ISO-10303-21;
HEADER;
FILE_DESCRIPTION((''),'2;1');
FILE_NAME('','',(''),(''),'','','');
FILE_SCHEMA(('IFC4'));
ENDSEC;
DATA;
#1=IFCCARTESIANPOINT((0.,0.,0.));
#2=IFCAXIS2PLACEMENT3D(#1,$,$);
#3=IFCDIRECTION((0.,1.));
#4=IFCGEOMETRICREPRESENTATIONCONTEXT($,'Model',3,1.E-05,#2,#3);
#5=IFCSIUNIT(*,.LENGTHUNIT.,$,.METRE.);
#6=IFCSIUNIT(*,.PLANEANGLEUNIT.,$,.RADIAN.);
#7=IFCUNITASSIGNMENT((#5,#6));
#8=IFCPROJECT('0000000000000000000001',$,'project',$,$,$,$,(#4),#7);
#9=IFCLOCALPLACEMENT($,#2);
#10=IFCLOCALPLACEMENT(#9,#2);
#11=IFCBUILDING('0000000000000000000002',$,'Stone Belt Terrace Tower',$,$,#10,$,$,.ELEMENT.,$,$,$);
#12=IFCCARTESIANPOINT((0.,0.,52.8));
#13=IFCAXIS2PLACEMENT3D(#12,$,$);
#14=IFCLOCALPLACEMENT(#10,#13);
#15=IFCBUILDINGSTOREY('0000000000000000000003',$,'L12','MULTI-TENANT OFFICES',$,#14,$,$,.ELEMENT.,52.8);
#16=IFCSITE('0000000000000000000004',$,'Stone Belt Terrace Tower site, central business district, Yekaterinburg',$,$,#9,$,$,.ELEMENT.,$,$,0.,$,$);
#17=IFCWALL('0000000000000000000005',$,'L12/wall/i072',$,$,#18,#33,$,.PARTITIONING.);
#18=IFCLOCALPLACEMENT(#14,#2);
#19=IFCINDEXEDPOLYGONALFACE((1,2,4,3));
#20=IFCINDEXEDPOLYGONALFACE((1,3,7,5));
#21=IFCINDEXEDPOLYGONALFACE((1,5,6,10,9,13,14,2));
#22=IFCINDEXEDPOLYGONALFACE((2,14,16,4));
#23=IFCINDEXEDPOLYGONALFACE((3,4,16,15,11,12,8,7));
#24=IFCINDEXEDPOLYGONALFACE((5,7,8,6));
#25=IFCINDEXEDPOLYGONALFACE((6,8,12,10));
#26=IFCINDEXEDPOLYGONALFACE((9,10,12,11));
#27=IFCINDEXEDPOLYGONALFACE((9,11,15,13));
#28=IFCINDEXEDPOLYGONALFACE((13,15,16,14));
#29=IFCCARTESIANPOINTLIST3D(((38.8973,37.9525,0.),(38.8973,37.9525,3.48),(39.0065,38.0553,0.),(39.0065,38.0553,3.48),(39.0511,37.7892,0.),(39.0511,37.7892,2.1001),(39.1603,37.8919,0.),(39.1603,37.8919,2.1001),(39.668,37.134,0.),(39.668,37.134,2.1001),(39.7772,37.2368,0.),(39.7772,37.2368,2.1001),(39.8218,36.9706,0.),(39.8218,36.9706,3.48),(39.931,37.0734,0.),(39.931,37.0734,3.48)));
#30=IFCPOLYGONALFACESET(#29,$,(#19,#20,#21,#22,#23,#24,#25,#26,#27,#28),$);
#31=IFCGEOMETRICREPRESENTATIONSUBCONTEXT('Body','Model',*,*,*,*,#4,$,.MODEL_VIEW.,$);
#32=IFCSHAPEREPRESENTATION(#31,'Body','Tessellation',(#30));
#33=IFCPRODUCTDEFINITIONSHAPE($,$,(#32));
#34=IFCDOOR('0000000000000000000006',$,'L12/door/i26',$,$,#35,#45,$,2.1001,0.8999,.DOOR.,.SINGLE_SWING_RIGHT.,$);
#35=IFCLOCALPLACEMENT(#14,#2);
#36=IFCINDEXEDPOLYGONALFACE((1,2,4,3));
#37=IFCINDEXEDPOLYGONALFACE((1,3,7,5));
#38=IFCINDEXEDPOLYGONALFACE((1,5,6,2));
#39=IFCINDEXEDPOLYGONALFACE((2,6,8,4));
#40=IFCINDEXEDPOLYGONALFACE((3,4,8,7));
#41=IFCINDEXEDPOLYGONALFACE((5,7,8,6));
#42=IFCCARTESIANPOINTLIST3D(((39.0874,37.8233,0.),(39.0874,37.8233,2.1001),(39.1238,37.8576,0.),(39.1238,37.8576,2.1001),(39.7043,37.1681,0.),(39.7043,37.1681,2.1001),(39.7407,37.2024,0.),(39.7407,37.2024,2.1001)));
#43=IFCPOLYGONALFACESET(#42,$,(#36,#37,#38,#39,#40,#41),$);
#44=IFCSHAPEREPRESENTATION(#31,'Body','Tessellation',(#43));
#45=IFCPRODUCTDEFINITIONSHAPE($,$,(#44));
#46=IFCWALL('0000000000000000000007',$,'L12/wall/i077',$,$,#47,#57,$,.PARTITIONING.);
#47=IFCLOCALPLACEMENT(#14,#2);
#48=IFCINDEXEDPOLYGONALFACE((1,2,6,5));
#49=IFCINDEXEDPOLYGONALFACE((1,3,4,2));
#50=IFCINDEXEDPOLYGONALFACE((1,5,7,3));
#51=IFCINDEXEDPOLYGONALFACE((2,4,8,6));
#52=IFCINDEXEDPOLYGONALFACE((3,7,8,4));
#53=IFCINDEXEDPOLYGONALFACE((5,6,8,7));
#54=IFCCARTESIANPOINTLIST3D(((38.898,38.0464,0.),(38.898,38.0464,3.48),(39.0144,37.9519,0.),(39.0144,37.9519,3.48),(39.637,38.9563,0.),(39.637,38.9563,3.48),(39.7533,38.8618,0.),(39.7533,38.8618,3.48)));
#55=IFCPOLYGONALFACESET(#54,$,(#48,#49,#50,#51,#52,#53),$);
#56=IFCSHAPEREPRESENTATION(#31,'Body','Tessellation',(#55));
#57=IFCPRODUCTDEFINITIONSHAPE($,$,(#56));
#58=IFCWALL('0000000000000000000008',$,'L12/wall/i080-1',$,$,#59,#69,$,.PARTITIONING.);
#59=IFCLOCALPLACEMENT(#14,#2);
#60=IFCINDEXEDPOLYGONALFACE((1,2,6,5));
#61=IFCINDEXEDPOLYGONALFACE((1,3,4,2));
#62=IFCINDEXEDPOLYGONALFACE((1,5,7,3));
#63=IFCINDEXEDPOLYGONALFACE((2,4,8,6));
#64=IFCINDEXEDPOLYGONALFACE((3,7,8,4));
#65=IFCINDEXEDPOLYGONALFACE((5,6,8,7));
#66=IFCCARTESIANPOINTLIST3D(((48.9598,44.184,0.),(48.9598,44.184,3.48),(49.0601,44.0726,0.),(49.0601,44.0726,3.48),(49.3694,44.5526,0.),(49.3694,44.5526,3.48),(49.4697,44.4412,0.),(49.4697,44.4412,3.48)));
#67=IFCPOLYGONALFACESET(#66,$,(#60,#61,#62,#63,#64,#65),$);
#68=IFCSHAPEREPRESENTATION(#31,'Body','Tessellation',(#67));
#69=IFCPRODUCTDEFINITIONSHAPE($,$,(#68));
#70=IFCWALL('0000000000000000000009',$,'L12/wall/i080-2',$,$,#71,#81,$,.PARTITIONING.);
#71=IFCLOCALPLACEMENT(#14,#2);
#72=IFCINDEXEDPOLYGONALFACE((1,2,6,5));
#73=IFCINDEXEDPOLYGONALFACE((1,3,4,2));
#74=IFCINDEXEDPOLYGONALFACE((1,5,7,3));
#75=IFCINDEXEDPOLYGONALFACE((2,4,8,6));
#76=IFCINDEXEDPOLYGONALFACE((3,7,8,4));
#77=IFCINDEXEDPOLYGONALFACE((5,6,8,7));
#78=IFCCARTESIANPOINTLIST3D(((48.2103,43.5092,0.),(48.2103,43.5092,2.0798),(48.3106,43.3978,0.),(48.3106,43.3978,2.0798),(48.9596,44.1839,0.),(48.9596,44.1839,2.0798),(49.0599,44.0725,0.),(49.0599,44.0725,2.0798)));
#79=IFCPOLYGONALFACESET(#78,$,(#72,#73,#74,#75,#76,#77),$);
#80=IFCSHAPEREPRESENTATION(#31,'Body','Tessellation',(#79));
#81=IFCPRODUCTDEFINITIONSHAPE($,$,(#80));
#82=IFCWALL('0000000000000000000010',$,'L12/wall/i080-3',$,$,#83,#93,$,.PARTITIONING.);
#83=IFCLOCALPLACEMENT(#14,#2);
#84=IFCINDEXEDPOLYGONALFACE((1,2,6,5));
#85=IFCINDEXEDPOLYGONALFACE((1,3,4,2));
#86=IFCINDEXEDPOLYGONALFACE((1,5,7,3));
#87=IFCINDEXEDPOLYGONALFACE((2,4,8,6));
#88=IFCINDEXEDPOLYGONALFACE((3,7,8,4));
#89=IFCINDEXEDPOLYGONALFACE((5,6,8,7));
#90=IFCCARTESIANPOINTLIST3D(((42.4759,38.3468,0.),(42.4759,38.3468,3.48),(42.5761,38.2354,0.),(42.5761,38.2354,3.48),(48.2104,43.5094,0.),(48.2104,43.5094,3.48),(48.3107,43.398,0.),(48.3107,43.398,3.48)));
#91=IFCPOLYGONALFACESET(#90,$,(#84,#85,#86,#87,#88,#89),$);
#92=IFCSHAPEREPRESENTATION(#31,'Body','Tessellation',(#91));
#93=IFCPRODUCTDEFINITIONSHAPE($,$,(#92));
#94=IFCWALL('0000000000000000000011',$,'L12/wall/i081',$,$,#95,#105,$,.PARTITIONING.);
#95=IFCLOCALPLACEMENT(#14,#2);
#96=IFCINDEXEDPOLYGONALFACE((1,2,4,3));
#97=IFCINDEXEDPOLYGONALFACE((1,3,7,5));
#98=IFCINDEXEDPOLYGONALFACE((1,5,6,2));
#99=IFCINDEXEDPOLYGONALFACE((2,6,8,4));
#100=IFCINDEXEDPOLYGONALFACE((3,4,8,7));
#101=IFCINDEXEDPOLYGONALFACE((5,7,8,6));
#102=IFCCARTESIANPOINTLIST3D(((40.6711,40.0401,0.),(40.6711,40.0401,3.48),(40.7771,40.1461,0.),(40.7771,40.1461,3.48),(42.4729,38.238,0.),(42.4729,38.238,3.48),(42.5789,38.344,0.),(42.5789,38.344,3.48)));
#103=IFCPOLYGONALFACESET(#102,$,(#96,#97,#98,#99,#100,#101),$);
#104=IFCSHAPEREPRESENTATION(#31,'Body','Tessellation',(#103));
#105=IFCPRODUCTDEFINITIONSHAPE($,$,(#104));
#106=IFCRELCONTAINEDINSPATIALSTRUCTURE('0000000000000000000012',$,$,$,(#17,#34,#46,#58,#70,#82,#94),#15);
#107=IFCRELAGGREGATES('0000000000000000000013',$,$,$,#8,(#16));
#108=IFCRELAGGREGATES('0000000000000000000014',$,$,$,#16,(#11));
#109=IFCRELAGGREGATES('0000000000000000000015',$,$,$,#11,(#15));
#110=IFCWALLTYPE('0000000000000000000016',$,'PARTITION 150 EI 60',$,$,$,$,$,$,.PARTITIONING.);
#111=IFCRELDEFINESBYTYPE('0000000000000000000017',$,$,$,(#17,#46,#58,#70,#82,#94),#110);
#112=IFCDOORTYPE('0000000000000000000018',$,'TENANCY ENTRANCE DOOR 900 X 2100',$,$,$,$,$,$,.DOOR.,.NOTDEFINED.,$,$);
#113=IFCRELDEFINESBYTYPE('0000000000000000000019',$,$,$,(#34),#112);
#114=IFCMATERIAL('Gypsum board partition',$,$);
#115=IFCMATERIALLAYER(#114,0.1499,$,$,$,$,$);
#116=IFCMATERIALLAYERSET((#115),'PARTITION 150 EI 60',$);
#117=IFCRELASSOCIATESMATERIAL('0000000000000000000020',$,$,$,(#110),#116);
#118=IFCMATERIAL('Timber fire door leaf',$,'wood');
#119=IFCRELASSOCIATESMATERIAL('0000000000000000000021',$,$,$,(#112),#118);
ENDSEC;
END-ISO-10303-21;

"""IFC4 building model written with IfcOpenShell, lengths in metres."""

from ifc_helpers import new_model, si_unit, direction, frame, frame_2d, origin, place, context, subcontext, project, spatial, rectangle, extrude, material, layer, layer_set, type_object, element, fill, save


model = new_model("IFC4")

# Units and contexts
model_context = context("Model", 3, precision=1e-05, world=origin(), true_north=direction((0.0, 1.0)))
body_context = subcontext(model_context, "Body", "Model", "MODEL_VIEW")
ifc_project = project(units=[si_unit("LENGTHUNIT", "METRE"), si_unit("PLANEANGLEUNIT", "RADIAN")], contexts=[model_context])

# Site, building, storey
site_placement = place(None, origin())
site = spatial("IfcSite", under=ifc_project, at=site_placement, Name="Stone Belt Terrace Tower site, central business district, Yekaterinburg", CompositionType="ELEMENT", RefElevation=0.0)
building_placement = place(site_placement, origin())
building = spatial("IfcBuilding", under=site, at=building_placement, Name="Stone Belt Terrace Tower", CompositionType="ELEMENT")
storey_placement = place(building_placement, frame((0.0, 0.0, 52.8)))
storey = spatial("IfcBuildingStorey", under=building, at=storey_placement, Name="L12", Description="MULTI-TENANT OFFICES", CompositionType="ELEMENT", Elevation=52.8)

# Shared definitions
ifc_material_1 = material(Name="Gypsum board partition")
ifc_layer_1 = layer(ifc_material_1, 0.1499)
ifc_layer_set_1 = layer_set([ifc_layer_1], Name="PARTITION 150 EI 60")
wall_type = type_object("IfcWallType", Name="PARTITION 150 EI 60", PredefinedType="PARTITIONING", material=ifc_layer_set_1)
ifc_material_2 = material(Name="Timber fire door leaf", Category="wood")

# Wall, opening, door
wall_1_placement = place(storey_placement, frame((38.9519, 38.0039, 0.0), z_axis=(0.0, 0.0, 1.0), x_axis=(0.685517, -0.728056, 0.0)))
wall_1 = element("IfcWall", 1, at=wall_1_placement, inside=storey, type_object=wall_type, Name="L12/wall/i072", PredefinedType="PARTITIONING", context=body_context, shape_type="SweptSolid", body=[
    extrude(rectangle(XDim=1.3486, YDim=0.1499, at=frame_2d((0.6743, 0.0))), origin(), (0.0, 0.0, 1.0), 3.48),
])
opening_1_placement = place(wall_1_placement, frame((0.2244, 0.0, 0.0)))
opening_1 = element("IfcOpeningElement", 2, at=opening_1_placement, cuts=wall_1, PredefinedType="OPENING", context=body_context, shape_type="SweptSolid", body=[
    extrude(rectangle(XDim=0.8999, YDim=2.1001, at=frame_2d((0.45, 1.05))), frame((0.0, 0.085, 0.0), z_axis=(0.0, -1.0, 0.0), x_axis=(1.0, 0.0, 0.0)), (0.0, 0.0, 1.0), 0.1699),
])
door_type_1 = type_object("IfcDoorType", Name="TENANCY ENTRANCE DOOR 900 X 2100", OperationType="NOTDEFINED", PredefinedType="DOOR", material=ifc_material_2)
door_1_placement = place(opening_1_placement, origin())
door_1 = element("IfcDoor", 3, at=door_1_placement, inside=storey, type_object=door_type_1, Name="L12/door/i26", OperationType="SINGLE_SWING_RIGHT", OverallHeight=2.1001, OverallWidth=0.8999, PredefinedType="DOOR", context=body_context, shape_type="SweptSolid", body=[
    extrude(rectangle(XDim=0.8999, YDim=2.1001, at=frame_2d((0.45, 1.05))), frame((0.0, 0.0249, 0.0), z_axis=(0.0, -1.0, 0.0), x_axis=(1.0, 0.0, 0.0)), (0.0, 0.0, 1.0), 0.05),
])
fill(opening_1, door_1)

# Walls
wall_2_placement = place(storey_placement, frame((39.6951, 38.9089, 0.0), z_axis=(0.0, 0.0, 1.0), x_axis=(-0.630444, -0.776235, 0.0)))
element("IfcWall", 4, at=wall_2_placement, inside=storey, type_object=wall_type, Name="L12/wall/i077", PredefinedType="PARTITIONING", context=body_context, shape_type="SweptSolid", body=[
    extrude(rectangle(XDim=1.1721, YDim=0.1499, at=frame_2d((0.5859, 0.0))), origin(), (0.0, 0.0, 1.0), 3.48),
])
wall_3_placement = place(storey_placement, frame((49.4194, 44.4968, 0.0), z_axis=(0.0, 0.0, 1.0), x_axis=(-0.743338, -0.668916, 0.0)))
element("IfcWall", 5, at=wall_3_placement, inside=storey, type_object=wall_type, Name="L12/wall/i080-1", PredefinedType="PARTITIONING", context=body_context, shape_type="SweptSolid", body=[
    extrude(rectangle(XDim=0.551, YDim=0.1499, at=frame_2d((0.2754, 0.0))), origin(), (0.0, 0.0, 1.0), 3.48),
])
wall_4_placement = place(storey_placement, frame((49.0098, 44.1282, 0.0), z_axis=(0.0, 0.0, 1.0), x_axis=(-0.743186, -0.669085, 0.0)))
element("IfcWall", 6, at=wall_4_placement, inside=storey, type_object=wall_type, Name="L12/wall/i080-2", PredefinedType="PARTITIONING", context=body_context, shape_type="SweptSolid", body=[
    extrude(rectangle(XDim=1.0083, YDim=0.1499, at=frame_2d((0.5042, 0.0))), origin(), (0.0, 0.0, 1.0), 2.0798),
])
wall_5_placement = place(storey_placement, frame((48.2605, 43.4536, 0.0), z_axis=(0.0, 0.0, 1.0), x_axis=(-0.743201, -0.669068, 0.0)))
element("IfcWall", 7, at=wall_5_placement, inside=storey, type_object=wall_type, Name="L12/wall/i080-3", PredefinedType="PARTITIONING", context=body_context, shape_type="SweptSolid", body=[
    extrude(rectangle(XDim=7.7161, YDim=0.1499, at=frame_2d((3.8579, 0.0))), origin(), (0.0, 0.0, 1.0), 3.48),
])
wall_6_placement = place(storey_placement, frame((42.5259, 38.291, 0.0), z_axis=(0.0, 0.0, 1.0), x_axis=(-0.707059, 0.707155, 0.0)))
element("IfcWall", 8, at=wall_6_placement, inside=storey, type_object=wall_type, Name="L12/wall/i081", PredefinedType="PARTITIONING", context=body_context, shape_type="SweptSolid", body=[
    extrude(rectangle(XDim=2.5483, YDim=0.1499, at=frame_2d((1.2742, 0.0))), origin(), (0.0, 0.0, 1.0), 3.48),
])

save(model, "model.ifc")
